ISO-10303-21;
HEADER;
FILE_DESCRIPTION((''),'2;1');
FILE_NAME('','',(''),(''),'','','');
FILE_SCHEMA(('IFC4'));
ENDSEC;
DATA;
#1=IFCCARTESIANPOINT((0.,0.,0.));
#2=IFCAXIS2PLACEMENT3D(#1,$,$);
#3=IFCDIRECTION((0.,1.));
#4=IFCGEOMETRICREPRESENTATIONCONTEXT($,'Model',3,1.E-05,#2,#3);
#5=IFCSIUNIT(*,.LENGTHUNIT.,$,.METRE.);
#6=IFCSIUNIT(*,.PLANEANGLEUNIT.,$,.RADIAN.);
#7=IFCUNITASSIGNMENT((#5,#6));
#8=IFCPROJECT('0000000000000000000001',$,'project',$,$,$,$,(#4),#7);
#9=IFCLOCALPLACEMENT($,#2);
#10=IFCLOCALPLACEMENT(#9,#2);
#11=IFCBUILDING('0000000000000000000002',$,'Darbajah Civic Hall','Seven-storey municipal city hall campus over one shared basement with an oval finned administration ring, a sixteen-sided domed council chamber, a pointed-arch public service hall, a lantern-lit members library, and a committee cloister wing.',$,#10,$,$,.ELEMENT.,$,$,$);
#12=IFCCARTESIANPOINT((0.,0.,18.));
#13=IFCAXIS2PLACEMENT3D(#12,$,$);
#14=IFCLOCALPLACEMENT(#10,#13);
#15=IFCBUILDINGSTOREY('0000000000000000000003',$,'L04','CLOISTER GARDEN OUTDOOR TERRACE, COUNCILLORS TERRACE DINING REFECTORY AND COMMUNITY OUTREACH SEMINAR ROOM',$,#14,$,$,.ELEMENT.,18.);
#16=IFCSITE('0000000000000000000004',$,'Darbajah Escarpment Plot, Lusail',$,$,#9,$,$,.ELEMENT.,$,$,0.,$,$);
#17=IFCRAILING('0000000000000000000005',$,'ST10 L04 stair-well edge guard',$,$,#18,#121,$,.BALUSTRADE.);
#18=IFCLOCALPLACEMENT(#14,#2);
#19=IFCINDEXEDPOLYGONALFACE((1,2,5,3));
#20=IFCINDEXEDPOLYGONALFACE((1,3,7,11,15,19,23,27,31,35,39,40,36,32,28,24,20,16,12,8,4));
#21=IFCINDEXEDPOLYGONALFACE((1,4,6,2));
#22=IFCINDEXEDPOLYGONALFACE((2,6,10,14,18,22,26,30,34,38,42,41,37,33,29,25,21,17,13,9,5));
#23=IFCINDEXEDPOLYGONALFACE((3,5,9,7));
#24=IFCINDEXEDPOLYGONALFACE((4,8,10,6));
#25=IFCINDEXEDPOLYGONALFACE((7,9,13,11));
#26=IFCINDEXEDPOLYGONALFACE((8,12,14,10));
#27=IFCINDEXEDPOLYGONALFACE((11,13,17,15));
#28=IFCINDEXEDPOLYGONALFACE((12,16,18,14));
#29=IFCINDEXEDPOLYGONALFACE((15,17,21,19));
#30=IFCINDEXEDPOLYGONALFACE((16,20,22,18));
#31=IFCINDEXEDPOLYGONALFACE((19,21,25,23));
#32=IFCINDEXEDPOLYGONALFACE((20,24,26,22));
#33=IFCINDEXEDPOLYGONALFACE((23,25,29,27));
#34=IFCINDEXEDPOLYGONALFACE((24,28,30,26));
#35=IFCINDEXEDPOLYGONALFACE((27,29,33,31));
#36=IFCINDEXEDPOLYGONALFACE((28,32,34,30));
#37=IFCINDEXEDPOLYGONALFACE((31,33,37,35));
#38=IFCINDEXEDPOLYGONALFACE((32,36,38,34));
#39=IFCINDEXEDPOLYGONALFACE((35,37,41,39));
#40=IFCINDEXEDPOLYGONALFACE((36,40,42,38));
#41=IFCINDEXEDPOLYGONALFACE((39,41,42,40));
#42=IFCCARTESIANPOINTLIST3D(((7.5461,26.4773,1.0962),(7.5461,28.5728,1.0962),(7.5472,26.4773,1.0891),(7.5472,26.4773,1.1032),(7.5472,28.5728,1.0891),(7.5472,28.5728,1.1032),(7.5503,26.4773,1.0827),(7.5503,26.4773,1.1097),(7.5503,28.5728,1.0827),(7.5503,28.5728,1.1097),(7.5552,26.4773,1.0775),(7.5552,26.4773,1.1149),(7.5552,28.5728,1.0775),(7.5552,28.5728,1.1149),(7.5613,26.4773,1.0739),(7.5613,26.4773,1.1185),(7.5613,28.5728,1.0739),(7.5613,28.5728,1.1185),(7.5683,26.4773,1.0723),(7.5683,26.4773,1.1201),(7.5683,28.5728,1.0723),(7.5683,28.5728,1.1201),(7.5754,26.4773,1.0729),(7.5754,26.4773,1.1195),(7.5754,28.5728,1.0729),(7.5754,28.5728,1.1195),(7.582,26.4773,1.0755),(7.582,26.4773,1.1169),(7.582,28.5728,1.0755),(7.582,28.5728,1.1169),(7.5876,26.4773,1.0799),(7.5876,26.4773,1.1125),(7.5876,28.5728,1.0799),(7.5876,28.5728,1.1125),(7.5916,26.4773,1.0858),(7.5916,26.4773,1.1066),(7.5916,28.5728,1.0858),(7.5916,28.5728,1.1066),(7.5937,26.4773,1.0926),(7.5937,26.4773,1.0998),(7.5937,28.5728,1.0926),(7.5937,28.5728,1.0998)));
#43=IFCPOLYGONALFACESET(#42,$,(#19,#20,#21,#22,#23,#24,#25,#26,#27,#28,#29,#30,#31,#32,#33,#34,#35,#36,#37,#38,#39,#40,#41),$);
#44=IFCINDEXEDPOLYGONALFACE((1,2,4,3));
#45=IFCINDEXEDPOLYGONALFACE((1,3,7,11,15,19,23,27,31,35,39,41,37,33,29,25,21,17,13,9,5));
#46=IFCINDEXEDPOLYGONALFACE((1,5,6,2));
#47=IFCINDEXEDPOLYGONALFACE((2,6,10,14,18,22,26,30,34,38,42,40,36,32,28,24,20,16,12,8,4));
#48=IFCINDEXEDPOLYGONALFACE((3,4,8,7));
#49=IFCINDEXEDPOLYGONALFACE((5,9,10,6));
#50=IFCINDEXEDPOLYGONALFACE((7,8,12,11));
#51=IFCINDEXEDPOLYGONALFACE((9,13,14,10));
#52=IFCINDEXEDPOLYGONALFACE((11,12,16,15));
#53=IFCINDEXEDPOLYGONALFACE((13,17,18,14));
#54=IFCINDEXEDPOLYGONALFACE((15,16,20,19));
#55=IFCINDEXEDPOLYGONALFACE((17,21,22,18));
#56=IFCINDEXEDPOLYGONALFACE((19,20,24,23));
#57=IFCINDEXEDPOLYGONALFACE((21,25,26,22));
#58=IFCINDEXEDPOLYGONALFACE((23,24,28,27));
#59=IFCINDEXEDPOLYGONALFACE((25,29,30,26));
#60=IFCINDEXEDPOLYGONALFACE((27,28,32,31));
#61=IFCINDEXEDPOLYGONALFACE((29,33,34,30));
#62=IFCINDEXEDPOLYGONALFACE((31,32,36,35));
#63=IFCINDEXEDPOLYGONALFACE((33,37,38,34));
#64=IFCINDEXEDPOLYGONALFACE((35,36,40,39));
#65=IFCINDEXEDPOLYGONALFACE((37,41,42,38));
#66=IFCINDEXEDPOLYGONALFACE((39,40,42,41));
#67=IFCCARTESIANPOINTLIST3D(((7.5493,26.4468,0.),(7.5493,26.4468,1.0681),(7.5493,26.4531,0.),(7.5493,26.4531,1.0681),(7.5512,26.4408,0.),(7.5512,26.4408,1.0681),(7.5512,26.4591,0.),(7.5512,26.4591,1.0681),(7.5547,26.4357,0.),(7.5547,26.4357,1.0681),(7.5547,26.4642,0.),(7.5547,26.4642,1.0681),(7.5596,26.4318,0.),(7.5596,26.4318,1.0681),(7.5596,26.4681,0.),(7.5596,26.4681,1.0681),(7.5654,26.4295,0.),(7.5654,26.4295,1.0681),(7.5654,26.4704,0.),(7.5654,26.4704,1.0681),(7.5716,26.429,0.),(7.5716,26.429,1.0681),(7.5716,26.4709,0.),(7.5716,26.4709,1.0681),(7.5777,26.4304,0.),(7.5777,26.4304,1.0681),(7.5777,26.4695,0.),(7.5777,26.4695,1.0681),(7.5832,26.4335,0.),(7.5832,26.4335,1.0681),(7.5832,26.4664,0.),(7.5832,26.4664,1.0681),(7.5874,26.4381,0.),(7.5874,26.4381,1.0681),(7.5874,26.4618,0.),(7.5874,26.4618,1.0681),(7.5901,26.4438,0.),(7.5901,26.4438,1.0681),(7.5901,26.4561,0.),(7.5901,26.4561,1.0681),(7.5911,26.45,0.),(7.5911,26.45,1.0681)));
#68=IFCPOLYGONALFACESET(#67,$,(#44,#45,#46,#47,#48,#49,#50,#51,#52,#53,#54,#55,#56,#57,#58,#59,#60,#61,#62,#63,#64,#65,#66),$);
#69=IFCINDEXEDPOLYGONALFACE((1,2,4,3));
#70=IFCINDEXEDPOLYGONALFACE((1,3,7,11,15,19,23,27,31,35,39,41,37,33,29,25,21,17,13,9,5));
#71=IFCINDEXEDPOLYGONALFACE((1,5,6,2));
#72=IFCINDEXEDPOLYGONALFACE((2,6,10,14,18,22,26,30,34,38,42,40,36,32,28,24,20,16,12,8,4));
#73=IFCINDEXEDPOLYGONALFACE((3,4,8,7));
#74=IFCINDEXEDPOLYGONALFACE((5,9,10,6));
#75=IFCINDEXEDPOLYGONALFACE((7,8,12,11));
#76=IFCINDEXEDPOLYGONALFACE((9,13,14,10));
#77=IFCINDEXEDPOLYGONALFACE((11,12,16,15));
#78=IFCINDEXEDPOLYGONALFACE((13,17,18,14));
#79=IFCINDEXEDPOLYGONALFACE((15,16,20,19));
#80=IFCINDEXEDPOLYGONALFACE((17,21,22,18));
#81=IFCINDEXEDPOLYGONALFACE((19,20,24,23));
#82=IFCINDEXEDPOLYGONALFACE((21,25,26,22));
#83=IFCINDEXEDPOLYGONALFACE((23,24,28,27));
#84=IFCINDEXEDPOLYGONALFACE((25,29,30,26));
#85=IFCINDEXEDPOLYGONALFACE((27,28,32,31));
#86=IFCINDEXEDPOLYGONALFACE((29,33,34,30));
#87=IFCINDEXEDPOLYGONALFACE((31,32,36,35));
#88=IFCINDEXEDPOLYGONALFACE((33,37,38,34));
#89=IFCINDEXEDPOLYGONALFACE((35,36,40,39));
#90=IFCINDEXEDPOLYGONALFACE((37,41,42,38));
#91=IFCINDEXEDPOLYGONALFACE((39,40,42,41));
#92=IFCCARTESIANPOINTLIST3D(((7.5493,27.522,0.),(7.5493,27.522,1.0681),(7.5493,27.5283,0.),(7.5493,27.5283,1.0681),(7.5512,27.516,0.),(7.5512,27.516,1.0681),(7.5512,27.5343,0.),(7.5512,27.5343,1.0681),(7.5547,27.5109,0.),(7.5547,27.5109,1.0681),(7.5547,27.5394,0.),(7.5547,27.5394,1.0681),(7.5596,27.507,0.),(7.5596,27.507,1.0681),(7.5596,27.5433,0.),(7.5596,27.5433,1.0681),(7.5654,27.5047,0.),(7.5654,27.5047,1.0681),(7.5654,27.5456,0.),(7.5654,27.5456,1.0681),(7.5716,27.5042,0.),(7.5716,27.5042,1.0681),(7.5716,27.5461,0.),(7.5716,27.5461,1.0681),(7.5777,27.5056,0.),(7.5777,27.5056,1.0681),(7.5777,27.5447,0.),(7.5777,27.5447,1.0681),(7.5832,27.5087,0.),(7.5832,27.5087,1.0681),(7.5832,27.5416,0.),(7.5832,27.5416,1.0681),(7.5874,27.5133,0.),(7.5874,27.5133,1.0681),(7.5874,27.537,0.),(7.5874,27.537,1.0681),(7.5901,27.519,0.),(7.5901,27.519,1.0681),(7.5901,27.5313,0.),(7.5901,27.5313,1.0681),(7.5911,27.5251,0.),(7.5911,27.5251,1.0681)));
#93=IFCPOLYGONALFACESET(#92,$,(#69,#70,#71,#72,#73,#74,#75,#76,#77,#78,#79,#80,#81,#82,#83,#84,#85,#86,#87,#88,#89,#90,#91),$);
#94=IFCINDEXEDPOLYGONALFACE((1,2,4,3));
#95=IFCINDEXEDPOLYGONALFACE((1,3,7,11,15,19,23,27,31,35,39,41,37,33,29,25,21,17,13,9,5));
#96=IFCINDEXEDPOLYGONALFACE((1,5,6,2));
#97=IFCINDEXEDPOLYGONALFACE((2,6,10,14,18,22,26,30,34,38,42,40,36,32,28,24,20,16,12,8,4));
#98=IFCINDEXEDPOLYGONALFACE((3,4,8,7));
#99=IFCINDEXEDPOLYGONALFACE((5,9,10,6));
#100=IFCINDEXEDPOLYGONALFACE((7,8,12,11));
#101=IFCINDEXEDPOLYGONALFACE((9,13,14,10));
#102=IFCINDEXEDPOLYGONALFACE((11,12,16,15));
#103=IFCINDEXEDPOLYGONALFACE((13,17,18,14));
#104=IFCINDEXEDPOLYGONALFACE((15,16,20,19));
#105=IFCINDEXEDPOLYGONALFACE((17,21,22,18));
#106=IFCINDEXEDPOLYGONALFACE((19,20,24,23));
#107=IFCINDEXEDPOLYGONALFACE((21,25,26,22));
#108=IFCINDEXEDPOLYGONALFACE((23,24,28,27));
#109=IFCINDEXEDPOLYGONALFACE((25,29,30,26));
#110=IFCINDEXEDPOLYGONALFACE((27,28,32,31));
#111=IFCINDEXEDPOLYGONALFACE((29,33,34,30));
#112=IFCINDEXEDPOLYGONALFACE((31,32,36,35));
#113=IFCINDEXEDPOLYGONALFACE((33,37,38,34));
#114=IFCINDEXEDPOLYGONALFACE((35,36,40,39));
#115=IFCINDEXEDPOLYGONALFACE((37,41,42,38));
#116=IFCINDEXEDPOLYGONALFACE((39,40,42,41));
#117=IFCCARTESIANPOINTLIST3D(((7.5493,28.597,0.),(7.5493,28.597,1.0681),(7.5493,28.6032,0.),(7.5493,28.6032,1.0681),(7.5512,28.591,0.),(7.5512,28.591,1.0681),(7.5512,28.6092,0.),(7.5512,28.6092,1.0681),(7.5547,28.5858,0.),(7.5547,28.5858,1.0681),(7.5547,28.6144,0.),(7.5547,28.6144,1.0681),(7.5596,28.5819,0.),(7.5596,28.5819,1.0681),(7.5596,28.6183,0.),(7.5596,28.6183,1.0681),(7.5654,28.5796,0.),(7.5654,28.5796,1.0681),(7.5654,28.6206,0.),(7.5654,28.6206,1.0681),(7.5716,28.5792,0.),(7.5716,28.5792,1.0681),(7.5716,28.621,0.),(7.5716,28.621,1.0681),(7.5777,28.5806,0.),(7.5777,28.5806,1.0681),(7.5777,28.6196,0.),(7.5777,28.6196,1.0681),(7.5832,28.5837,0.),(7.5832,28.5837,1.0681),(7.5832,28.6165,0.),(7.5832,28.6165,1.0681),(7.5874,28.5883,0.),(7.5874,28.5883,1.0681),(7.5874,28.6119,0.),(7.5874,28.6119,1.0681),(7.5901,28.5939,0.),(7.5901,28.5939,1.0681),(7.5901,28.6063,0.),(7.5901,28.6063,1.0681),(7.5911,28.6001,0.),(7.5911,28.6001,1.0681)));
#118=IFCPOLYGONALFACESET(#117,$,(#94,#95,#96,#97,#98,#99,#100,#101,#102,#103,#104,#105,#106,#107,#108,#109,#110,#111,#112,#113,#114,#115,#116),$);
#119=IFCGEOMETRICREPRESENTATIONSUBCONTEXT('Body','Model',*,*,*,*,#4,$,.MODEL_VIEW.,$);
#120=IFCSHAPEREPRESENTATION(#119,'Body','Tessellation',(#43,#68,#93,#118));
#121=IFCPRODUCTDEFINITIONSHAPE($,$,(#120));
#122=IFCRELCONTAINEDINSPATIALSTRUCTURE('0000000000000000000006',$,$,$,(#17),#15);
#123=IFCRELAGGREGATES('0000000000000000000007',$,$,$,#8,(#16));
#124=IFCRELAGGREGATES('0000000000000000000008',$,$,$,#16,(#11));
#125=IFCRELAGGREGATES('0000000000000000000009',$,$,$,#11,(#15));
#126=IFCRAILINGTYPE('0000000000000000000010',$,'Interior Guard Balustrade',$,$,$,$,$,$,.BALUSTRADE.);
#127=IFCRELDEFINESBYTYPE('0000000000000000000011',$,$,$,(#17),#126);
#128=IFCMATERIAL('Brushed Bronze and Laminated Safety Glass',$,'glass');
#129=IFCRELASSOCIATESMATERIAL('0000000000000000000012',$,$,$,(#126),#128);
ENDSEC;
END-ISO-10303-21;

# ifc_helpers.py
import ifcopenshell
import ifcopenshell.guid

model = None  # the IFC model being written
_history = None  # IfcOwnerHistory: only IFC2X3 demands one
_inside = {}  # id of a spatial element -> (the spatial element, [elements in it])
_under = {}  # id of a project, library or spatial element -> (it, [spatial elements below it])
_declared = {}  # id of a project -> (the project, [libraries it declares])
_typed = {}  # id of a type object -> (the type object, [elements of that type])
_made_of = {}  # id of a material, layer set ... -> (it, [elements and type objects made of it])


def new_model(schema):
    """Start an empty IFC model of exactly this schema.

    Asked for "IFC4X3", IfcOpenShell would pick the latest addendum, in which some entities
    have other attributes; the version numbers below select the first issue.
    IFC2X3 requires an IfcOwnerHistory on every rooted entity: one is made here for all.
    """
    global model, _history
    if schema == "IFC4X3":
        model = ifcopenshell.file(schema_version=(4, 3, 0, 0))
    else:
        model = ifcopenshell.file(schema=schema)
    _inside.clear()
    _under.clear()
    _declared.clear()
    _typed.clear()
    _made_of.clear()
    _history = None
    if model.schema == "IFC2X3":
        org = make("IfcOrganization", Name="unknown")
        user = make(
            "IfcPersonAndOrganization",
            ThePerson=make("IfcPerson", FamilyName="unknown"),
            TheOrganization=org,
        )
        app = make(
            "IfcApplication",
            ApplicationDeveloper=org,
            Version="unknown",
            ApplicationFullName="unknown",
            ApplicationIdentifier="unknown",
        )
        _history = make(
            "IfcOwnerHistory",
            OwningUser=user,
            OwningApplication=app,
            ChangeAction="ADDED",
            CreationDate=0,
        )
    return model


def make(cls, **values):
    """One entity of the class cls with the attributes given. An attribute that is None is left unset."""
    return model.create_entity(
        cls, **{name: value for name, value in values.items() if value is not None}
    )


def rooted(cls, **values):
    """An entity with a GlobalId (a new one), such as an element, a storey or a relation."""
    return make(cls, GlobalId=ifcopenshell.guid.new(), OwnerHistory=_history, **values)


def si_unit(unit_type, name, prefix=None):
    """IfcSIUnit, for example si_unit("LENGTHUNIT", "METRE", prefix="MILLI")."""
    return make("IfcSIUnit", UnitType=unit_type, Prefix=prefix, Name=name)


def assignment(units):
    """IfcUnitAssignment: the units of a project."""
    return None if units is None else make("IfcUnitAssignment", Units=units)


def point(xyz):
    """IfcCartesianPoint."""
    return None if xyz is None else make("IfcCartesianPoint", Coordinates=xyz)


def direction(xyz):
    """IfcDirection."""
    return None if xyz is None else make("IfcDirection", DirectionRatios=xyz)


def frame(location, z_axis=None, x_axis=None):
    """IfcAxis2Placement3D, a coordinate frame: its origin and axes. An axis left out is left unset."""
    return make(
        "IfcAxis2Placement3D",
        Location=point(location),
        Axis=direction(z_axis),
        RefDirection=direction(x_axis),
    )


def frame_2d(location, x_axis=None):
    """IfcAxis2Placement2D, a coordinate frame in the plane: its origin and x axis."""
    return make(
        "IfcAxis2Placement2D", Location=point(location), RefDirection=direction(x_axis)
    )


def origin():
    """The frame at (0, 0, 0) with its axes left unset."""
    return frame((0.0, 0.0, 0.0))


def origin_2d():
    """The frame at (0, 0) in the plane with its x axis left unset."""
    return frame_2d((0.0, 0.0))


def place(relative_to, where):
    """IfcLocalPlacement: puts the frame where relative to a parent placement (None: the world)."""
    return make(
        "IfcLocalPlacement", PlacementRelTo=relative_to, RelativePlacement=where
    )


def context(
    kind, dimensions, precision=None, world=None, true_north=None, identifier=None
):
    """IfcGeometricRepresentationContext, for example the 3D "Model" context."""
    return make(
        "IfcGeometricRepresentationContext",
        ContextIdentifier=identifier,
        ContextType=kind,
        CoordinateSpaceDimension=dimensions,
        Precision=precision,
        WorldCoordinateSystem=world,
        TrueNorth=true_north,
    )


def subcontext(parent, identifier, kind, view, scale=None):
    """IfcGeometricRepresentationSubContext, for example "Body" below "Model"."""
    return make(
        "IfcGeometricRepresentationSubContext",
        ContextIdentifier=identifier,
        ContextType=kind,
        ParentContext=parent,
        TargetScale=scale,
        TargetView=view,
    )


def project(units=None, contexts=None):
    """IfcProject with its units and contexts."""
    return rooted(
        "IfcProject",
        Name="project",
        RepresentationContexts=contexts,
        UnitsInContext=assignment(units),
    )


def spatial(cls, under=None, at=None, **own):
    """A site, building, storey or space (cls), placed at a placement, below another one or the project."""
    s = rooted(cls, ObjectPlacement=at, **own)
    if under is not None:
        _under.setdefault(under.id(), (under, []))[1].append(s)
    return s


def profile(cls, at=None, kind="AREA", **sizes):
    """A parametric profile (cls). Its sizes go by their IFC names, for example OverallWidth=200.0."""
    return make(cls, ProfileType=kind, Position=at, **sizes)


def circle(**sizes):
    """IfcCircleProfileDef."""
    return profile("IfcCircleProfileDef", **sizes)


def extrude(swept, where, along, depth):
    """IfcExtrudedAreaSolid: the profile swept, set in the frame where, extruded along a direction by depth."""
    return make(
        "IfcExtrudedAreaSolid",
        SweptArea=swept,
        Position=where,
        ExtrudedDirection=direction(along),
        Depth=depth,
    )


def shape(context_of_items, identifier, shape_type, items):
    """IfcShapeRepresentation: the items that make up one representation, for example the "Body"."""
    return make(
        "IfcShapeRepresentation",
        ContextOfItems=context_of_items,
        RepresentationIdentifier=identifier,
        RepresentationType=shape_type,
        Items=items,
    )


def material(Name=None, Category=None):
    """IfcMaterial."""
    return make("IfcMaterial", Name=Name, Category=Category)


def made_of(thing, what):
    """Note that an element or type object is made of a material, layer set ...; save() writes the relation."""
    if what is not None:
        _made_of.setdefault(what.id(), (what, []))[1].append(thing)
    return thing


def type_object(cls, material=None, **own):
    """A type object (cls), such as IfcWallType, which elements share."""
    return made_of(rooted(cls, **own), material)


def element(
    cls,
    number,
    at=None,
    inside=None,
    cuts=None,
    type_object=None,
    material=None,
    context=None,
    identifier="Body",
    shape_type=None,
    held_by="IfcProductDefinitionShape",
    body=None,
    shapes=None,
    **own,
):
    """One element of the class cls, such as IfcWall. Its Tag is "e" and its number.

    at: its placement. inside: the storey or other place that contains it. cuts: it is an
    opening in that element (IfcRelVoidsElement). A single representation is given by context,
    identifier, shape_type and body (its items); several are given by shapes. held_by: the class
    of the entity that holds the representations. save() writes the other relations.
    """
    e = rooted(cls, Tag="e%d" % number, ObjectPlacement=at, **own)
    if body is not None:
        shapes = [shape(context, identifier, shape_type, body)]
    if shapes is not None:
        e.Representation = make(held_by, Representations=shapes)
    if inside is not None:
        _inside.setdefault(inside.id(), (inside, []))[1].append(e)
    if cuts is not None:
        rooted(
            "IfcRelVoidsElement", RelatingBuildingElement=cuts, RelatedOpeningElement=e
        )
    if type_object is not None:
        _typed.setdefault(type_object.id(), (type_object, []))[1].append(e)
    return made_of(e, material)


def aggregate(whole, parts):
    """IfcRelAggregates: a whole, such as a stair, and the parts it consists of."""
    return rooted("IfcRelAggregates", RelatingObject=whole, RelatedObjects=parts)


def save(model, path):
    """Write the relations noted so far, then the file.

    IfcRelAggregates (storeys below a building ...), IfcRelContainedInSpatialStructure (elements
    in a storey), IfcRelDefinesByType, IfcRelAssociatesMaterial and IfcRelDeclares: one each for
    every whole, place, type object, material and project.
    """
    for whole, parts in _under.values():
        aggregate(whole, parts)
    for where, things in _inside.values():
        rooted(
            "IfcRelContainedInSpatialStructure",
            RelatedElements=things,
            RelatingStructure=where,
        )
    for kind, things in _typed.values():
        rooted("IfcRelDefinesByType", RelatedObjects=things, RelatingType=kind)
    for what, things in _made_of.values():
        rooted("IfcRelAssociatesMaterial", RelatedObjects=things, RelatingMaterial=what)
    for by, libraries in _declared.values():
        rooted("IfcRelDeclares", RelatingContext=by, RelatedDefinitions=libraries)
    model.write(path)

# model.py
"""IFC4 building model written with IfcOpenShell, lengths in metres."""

from ifc_helpers import new_model, si_unit, direction, frame, origin, origin_2d, place, context, subcontext, project, spatial, circle, extrude, material, type_object, element, save


model = new_model("IFC4")

# Units and contexts
model_context = context("Model", 3, precision=1e-05, world=origin(), true_north=direction((0.0, 1.0)))
body_context = subcontext(model_context, "Body", "Model", "MODEL_VIEW")
ifc_project = project(units=[si_unit("LENGTHUNIT", "METRE"), si_unit("PLANEANGLEUNIT", "RADIAN")], contexts=[model_context])

# Site, building, storey
site_placement = place(None, origin())
site = spatial("IfcSite", under=ifc_project, at=site_placement, Name="Darbajah Escarpment Plot, Lusail", CompositionType="ELEMENT", RefElevation=0.0)
building_placement = place(site_placement, origin())
building = spatial("IfcBuilding", under=site, at=building_placement, Name="Darbajah Civic Hall", Description="Seven-storey municipal city hall campus over one shared basement with an oval finned administration ring, a sixteen-sided domed council chamber, a pointed-arch public service hall, a lantern-lit members library, and a committee cloister wing.", CompositionType="ELEMENT")
storey_placement = place(building_placement, frame((0.0, 0.0, 18.0)))
storey = spatial("IfcBuildingStorey", under=building, at=storey_placement, Name="L04", Description="CLOISTER GARDEN OUTDOOR TERRACE, COUNCILLORS TERRACE DINING REFECTORY AND COMMUNITY OUTREACH SEMINAR ROOM", CompositionType="ELEMENT", Elevation=18.0)

# Railing
ifc_material_1 = material(Name="Brushed Bronze and Laminated Safety Glass", Category="glass")
railing_type = type_object("IfcRailingType", Name="Interior Guard Balustrade", PredefinedType="BALUSTRADE", material=ifc_material_1)
railing_1_placement = place(storey_placement, frame((7.5701, 26.45, 0.0)))
element("IfcRailing", 1, at=railing_1_placement, inside=storey, type_object=railing_type, Name="ST10 L04 stair-well edge guard", PredefinedType="BALUSTRADE", context=body_context, shape_type="SweptSolid", body=[
    extrude(circle(Radius=0.0239, at=origin_2d()), frame((0.0, 0.0273, 1.0962), z_axis=(0.0, 1.0, 0.0), x_axis=(-1.0, 0.0, 0.0)), (0.0, 0.0, 1.0), 2.0955),
    extrude(circle(Radius=0.021, at=origin_2d()), origin(), (0.0, 0.0, 1.0), 1.0681),
    extrude(circle(Radius=0.021, at=origin_2d()), frame((0.0, 1.0752, 0.0)), (0.0, 0.0, 1.0), 1.0681),
    extrude(circle(Radius=0.021, at=origin_2d()), frame((0.0, 2.1501, 0.0)), (0.0, 0.0, 1.0), 1.0681),
])

save(model, "model.ifc")
